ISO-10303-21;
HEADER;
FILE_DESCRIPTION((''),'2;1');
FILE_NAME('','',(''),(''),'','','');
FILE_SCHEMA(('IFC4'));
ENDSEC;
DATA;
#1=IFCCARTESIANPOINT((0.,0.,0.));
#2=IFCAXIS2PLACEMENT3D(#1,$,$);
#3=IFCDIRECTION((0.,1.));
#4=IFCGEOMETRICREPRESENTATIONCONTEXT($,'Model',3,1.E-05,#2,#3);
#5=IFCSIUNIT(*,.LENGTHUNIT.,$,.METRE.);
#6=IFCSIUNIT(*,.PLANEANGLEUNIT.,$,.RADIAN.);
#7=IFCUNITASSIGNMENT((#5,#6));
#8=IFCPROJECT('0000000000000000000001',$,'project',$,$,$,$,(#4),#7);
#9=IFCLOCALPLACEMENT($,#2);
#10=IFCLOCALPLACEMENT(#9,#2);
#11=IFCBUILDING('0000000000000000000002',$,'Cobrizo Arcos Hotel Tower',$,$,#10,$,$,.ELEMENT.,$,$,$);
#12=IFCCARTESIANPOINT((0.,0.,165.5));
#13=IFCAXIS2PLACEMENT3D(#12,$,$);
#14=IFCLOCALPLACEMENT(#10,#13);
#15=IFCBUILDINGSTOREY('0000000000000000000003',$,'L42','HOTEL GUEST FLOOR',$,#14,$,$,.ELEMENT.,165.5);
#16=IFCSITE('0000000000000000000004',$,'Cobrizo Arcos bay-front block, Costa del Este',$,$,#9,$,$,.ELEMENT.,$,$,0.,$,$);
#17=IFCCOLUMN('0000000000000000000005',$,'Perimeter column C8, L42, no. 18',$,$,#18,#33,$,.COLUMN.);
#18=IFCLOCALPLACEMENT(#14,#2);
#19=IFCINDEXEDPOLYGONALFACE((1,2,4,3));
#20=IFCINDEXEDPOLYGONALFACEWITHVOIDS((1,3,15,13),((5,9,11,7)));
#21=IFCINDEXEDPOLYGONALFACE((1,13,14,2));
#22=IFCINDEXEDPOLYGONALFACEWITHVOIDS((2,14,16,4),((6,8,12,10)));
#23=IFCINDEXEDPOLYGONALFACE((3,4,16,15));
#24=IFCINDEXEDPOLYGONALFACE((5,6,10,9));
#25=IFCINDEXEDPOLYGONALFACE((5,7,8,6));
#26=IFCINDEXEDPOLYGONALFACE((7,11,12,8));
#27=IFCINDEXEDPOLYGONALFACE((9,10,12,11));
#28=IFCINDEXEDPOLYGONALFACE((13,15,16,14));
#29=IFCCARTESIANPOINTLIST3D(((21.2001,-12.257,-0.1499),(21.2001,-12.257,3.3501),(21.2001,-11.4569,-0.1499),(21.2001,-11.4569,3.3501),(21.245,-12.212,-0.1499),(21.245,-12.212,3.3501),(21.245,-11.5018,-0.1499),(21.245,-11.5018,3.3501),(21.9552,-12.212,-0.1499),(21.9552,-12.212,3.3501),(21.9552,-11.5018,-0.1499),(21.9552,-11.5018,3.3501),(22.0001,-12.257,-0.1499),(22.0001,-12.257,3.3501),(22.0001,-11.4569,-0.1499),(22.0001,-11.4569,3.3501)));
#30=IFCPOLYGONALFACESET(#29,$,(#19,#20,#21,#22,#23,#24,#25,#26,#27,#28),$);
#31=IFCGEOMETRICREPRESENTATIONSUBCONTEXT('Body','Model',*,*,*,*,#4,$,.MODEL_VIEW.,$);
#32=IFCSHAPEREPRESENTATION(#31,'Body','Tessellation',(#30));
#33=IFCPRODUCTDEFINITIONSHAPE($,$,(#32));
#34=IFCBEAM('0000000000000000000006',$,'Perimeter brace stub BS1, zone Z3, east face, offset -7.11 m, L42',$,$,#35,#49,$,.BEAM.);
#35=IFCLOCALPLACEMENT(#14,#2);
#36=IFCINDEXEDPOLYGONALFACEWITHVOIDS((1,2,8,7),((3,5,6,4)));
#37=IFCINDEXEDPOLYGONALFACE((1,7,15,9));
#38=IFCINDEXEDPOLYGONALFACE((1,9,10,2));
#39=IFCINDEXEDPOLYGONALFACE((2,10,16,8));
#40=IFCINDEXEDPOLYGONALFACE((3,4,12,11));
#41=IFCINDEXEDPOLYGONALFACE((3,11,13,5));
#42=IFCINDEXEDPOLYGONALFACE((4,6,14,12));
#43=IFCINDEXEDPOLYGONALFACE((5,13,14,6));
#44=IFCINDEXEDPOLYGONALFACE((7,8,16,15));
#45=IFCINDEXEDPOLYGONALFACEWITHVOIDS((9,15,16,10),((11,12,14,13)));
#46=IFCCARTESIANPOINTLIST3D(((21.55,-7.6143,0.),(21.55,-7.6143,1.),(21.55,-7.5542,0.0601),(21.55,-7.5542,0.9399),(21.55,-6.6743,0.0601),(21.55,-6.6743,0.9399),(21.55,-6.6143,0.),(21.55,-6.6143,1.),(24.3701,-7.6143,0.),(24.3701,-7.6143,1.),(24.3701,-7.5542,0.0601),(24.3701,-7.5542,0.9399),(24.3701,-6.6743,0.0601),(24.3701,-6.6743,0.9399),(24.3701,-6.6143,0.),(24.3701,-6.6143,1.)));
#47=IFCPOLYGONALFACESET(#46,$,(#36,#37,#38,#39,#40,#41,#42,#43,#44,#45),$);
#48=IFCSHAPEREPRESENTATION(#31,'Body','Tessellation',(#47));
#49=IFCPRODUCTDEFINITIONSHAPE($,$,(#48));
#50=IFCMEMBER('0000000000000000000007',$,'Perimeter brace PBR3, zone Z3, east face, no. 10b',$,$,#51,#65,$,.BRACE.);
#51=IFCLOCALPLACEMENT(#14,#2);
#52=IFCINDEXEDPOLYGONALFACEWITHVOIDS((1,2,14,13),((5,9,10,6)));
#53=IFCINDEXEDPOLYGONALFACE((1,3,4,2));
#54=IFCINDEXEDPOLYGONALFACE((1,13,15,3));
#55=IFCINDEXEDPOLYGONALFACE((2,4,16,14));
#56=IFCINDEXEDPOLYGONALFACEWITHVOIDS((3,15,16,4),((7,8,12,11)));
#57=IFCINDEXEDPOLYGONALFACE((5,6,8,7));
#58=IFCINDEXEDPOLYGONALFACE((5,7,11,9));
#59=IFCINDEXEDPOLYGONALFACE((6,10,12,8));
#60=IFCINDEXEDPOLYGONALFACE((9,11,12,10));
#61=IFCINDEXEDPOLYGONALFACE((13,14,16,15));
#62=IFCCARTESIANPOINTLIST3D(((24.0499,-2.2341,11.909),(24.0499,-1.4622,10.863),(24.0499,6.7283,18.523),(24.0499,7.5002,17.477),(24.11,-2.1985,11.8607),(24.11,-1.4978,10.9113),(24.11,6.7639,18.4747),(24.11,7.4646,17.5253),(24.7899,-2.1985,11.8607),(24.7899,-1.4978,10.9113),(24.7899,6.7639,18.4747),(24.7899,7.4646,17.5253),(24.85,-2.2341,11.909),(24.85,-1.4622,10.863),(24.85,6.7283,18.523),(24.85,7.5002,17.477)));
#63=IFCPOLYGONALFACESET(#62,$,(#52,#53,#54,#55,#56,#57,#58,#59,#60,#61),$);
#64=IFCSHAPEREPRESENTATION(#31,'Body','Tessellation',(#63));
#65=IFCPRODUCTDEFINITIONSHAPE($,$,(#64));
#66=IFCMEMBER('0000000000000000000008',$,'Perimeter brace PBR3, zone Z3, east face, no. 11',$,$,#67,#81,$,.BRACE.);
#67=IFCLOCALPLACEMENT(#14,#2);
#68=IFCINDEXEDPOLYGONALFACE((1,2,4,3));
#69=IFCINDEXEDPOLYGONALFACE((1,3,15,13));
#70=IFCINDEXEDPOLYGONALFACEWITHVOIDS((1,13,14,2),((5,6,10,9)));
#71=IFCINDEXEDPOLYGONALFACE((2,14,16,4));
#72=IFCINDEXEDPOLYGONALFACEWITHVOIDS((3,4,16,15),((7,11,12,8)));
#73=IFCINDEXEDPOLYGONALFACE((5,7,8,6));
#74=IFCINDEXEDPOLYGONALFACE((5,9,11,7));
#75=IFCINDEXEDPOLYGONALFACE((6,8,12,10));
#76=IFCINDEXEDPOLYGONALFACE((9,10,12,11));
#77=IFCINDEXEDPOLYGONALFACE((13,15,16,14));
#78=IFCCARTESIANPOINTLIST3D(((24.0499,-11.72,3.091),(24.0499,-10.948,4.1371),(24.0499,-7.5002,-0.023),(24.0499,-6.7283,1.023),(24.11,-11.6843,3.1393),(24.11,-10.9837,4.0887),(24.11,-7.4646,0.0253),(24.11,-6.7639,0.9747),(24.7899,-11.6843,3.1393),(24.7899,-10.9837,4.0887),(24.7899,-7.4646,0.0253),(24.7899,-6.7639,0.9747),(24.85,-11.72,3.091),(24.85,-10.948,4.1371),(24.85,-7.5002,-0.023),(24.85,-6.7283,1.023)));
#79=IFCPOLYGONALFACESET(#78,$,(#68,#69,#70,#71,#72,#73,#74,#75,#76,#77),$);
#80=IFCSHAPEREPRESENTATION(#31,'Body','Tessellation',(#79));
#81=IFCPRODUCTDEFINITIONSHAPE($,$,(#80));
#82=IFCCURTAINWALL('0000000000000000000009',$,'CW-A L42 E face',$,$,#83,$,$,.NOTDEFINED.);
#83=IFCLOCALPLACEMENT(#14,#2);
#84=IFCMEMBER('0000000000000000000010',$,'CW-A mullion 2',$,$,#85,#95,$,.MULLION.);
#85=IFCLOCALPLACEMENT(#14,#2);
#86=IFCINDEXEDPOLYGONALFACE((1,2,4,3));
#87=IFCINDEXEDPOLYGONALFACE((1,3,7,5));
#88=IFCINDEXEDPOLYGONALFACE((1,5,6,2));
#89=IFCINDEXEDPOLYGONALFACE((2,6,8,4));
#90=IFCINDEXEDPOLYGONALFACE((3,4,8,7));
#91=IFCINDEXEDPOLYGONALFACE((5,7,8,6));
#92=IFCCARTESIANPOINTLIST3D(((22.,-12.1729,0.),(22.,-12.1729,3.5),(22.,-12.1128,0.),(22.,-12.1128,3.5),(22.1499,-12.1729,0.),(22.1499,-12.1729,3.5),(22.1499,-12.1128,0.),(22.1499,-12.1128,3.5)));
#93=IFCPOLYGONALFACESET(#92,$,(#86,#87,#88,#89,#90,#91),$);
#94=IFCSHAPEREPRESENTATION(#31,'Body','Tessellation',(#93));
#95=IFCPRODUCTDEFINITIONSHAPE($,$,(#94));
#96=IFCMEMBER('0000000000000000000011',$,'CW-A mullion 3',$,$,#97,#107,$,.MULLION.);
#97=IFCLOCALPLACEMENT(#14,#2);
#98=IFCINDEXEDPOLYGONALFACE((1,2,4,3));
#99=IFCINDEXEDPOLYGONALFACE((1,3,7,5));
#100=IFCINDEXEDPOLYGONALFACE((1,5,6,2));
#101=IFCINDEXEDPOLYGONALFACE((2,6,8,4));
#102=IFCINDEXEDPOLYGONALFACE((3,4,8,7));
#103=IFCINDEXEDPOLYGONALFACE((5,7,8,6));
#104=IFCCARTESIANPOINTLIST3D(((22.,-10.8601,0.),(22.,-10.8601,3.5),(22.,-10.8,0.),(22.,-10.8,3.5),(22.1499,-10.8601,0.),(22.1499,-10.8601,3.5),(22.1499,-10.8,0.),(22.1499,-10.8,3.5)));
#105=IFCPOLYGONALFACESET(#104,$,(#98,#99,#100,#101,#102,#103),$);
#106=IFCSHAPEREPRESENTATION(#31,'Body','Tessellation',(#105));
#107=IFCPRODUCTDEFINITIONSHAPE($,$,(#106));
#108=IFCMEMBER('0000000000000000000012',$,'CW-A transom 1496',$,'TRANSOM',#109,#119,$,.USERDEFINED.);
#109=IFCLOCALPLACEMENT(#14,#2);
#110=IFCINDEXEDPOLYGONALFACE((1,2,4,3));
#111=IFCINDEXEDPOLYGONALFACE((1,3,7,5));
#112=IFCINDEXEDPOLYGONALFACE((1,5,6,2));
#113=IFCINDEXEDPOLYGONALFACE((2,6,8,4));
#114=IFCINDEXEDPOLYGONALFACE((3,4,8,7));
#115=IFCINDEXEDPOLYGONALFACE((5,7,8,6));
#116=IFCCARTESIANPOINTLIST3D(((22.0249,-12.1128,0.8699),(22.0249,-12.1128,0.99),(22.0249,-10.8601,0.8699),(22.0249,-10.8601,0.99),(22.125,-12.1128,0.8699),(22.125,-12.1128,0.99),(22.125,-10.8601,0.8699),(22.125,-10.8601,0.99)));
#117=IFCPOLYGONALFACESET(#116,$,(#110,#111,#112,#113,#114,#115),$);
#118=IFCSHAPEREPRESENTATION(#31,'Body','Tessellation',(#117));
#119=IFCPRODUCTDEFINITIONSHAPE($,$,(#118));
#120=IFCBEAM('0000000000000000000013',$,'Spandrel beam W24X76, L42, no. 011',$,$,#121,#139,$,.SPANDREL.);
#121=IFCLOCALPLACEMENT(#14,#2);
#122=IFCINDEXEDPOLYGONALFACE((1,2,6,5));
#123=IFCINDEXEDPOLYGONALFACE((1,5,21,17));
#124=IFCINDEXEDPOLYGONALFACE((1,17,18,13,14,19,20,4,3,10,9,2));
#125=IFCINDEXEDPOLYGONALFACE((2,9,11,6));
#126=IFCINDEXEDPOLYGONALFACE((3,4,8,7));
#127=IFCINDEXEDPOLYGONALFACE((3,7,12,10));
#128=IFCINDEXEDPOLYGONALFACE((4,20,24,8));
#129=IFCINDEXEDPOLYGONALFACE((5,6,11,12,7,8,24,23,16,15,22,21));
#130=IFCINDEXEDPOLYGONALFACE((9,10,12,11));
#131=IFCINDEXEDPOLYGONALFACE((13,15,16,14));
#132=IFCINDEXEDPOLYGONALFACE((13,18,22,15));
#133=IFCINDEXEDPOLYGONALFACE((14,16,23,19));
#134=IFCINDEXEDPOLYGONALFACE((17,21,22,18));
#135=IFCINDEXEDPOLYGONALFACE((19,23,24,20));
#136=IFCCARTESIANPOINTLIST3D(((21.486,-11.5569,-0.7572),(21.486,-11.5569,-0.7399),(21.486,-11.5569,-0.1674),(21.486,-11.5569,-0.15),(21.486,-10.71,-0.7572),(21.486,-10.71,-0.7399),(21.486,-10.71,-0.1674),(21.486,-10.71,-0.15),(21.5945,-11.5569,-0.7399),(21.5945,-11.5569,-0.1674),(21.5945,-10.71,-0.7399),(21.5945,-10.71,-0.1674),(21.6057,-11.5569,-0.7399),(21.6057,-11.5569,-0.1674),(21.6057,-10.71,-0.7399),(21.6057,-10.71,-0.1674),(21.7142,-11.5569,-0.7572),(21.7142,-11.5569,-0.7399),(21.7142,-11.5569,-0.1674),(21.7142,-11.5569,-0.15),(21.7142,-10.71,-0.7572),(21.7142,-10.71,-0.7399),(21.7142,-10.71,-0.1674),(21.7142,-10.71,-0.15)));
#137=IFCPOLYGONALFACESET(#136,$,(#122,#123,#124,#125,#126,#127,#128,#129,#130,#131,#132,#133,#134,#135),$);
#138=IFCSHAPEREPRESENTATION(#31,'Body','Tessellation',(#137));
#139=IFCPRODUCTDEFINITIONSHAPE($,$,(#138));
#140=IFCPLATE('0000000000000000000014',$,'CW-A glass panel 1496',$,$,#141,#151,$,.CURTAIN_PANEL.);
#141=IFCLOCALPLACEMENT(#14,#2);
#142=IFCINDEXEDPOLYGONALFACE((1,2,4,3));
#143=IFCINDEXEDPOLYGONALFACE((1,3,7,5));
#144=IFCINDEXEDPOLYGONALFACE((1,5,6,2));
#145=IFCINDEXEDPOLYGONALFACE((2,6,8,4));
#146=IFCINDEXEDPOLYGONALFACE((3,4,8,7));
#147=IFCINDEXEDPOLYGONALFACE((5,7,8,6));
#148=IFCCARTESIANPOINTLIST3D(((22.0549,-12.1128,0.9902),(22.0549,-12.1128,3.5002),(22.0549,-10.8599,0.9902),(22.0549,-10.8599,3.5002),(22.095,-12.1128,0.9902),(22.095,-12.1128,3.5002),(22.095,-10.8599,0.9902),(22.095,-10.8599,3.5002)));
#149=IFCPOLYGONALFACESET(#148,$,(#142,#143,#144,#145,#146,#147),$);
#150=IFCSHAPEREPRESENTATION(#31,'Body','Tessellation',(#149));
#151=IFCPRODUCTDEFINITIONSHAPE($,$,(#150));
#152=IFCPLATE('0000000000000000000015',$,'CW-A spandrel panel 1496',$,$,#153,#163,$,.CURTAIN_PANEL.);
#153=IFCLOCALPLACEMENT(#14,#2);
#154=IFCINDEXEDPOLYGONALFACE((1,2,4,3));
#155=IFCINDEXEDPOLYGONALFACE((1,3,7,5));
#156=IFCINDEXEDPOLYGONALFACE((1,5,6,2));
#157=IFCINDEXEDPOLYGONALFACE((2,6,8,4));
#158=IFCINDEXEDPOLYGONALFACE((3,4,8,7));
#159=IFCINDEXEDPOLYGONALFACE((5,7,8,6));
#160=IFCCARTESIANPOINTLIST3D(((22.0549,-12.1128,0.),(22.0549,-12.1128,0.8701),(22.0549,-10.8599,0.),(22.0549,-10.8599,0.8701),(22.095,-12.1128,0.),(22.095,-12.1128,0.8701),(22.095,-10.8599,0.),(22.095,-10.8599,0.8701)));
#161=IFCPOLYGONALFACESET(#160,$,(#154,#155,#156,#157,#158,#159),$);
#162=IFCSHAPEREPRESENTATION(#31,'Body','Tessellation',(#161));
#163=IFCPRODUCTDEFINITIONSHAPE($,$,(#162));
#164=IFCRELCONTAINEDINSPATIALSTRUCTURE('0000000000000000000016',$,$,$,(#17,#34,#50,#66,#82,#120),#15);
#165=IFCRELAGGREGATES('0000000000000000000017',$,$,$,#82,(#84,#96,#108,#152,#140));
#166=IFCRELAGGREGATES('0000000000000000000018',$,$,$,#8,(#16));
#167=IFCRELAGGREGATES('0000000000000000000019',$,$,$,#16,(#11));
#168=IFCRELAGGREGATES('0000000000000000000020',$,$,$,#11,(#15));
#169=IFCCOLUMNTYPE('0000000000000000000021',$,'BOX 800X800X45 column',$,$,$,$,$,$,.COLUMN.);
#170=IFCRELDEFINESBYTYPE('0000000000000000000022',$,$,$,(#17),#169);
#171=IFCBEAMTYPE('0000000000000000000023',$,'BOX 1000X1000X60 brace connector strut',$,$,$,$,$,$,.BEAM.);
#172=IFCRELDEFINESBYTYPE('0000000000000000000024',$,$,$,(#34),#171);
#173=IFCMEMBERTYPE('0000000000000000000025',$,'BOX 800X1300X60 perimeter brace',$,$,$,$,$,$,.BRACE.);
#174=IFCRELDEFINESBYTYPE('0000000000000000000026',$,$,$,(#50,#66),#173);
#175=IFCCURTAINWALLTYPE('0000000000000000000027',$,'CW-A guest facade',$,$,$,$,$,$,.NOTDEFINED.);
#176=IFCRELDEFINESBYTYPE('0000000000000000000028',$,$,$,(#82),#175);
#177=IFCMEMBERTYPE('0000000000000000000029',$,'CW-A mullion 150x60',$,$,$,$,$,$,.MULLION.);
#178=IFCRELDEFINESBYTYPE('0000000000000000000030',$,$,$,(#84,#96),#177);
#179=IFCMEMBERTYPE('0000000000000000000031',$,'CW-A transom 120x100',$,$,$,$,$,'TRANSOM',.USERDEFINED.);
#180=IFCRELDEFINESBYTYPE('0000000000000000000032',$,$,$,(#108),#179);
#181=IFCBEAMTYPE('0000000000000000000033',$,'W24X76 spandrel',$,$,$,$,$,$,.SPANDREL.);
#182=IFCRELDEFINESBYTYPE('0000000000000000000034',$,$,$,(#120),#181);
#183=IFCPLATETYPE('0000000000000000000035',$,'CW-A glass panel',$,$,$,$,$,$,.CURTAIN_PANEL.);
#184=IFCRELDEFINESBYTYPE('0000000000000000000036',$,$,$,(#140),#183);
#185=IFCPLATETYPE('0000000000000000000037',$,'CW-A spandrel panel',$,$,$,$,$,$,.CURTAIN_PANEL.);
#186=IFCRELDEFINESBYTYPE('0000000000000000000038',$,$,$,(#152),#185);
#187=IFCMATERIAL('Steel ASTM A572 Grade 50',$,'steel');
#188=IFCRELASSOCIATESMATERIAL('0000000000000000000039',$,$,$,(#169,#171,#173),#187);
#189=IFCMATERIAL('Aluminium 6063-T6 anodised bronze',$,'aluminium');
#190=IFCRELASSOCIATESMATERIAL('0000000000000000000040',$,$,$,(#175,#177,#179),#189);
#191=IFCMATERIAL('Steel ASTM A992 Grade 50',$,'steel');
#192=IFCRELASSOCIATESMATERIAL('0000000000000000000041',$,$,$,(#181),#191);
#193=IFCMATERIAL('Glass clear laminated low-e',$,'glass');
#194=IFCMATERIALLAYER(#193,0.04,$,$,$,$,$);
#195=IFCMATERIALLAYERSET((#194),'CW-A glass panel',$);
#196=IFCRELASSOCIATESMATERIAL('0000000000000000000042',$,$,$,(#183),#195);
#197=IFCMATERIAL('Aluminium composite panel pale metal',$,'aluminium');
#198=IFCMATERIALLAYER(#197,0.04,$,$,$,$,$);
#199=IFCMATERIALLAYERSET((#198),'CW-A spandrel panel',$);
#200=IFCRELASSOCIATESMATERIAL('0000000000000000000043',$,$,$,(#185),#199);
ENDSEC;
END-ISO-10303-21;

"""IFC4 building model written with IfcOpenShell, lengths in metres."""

from ifc_helpers import new_model, si_unit, direction, frame, origin, origin_2d, place, context, subcontext, project, spatial, rectangle, hollow_rectangle, i_section, extrude, material, layer, layer_set, material_profile, profile_set, type_object, element, aggregate, save


model = new_model("IFC4")

# Units and contexts
model_context = context("Model", 3, precision=1e-05, world=origin(), true_north=direction((0.0, 1.0)))
body_context = subcontext(model_context, "Body", "Model", "MODEL_VIEW")
ifc_project = project(units=[si_unit("LENGTHUNIT", "METRE"), si_unit("PLANEANGLEUNIT", "RADIAN")], contexts=[model_context])

# Site, building, storey
site_placement = place(None, origin())
site = spatial("IfcSite", under=ifc_project, at=site_placement, Name="Cobrizo Arcos bay-front block, Costa del Este", CompositionType="ELEMENT", RefElevation=0.0)
building_placement = place(site_placement, origin())
building = spatial("IfcBuilding", under=site, at=building_placement, Name="Cobrizo Arcos Hotel Tower", CompositionType="ELEMENT")
storey_placement = place(building_placement, frame((0.0, 0.0, 165.5)))
storey = spatial("IfcBuildingStorey", under=building, at=storey_placement, Name="L42", Description="HOTEL GUEST FLOOR", CompositionType="ELEMENT", Elevation=165.5)

# Column
ifc_material_1 = material(Name="Steel ASTM A572 Grade 50", Category="steel")
ifc_material_profile_1 = material_profile(ifc_material_1, hollow_rectangle(XDim=0.8, YDim=0.8, WallThickness=0.0449, at=origin_2d()), Name="BOX 800X800X45")
ifc_profile_set_1 = profile_set([ifc_material_profile_1], Name="Steel ASTM A572 Grade 50")
column_type = type_object("IfcColumnType", Name="BOX 800X800X45 column", PredefinedType="COLUMN", material=ifc_profile_set_1)
column_placement = place(storey_placement, frame((21.6001, -11.8569, -0.1499), z_axis=(0.0, 0.0, 1.0), x_axis=(1.0, 0.0, 0.0)))
element("IfcColumn", 1, at=column_placement, inside=storey, type_object=column_type, Name="Perimeter column C8, L42, no. 18", PredefinedType="COLUMN", context=body_context, shape_type="SweptSolid", body=[
    extrude(hollow_rectangle(XDim=0.8, YDim=0.8, WallThickness=0.0449, at=origin_2d()), origin(), (0.0, 0.0, 1.0), 3.5),
])

# Beam
ifc_material_profile_2 = material_profile(ifc_material_1, hollow_rectangle(XDim=1.0, YDim=1.0, WallThickness=0.0601, at=origin_2d()), Name="BOX 1000X1000X60")
ifc_profile_set_2 = profile_set([ifc_material_profile_2], Name="Steel ASTM A572 Grade 50")
beam_type_1 = type_object("IfcBeamType", Name="BOX 1000X1000X60 brace connector strut", PredefinedType="BEAM", material=ifc_profile_set_2)
beam_1_placement = place(storey_placement, frame((21.55, -7.1143, 0.5), z_axis=(1.0, 0.0, 0.0), x_axis=(0.0, 1.0, 0.0)))
element("IfcBeam", 2, at=beam_1_placement, inside=storey, type_object=beam_type_1, Name="Perimeter brace stub BS1, zone Z3, east face, offset -7.11 m, L42", PredefinedType="BEAM", context=body_context, shape_type="SweptSolid", body=[
    extrude(hollow_rectangle(XDim=1.0, YDim=1.0, WallThickness=0.0601, at=origin_2d()), origin(), (0.0, 0.0, 1.0), 2.8201),
])

# Members
ifc_material_profile_3 = material_profile(ifc_material_1, hollow_rectangle(XDim=0.8, YDim=1.3, WallThickness=0.0601, at=origin_2d()), Name="BOX 800X1300X60")
ifc_profile_set_3 = profile_set([ifc_material_profile_3], Name="Steel ASTM A572 Grade 50")
member_type_1 = type_object("IfcMemberType", Name="BOX 800X1300X60 perimeter brace", PredefinedType="BRACE", material=ifc_profile_set_3)
member_1_placement = place(storey_placement, frame((24.45, -1.8481, 11.386), z_axis=(0.0, 0.804621, 0.593789), x_axis=(-1.0, 0.0, 0.0)))
element("IfcMember", 3, at=member_1_placement, inside=storey, type_object=member_type_1, Name="Perimeter brace PBR3, zone Z3, east face, no. 10b", PredefinedType="BRACE", context=body_context, shape_type="SweptSolid", body=[
    extrude(hollow_rectangle(XDim=0.8, YDim=1.3, WallThickness=0.0601, at=origin_2d()), origin(), (0.0, 0.0, 1.0), 11.1387),
])
member_2_placement = place(storey_placement, frame((24.45, -7.1143, 0.5), z_axis=(0.0, -0.804624, 0.593785), x_axis=(1.0, 0.0, 0.0)))
element("IfcMember", 4, at=member_2_placement, inside=storey, type_object=member_type_1, Name="Perimeter brace PBR3, zone Z3, east face, no. 11", PredefinedType="BRACE", context=body_context, shape_type="SweptSolid", body=[
    extrude(hollow_rectangle(XDim=0.8, YDim=1.3, WallThickness=0.0601, at=origin_2d()), origin(), (0.0, 0.0, 1.0), 5.2444),
])

# Curtain wall, members
ifc_material_2 = material(Name="Aluminium 6063-T6 anodised bronze", Category="aluminium")
curtain_wall_type = type_object("IfcCurtainWallType", Name="CW-A guest facade", PredefinedType="NOTDEFINED", material=ifc_material_2)
curtain_wall_placement = place(storey_placement, origin())
curtain_wall = element("IfcCurtainWall", 5, at=curtain_wall_placement, inside=storey, type_object=curtain_wall_type, Name="CW-A L42 E face", PredefinedType="NOTDEFINED")
ifc_material_profile_4 = material_profile(ifc_material_2, rectangle(XDim=0.1499, YDim=0.0601, at=origin_2d()), Name="CW-A mullion 150x60")
ifc_profile_set_4 = profile_set([ifc_material_profile_4], Name="Aluminium 6063-T6 anodised bronze")
member_type_2 = type_object("IfcMemberType", Name="CW-A mullion 150x60", PredefinedType="MULLION", material=ifc_profile_set_4)
member_3_placement = place(storey_placement, frame((22.075, -12.1428, 0.0), z_axis=(0.0, 0.0, 1.0), x_axis=(1.0, 0.0, 0.0)))
member_3 = element("IfcMember", 6, at=member_3_placement, type_object=member_type_2, Name="CW-A mullion 2", PredefinedType="MULLION", context=body_context, shape_type="SweptSolid", body=[
    extrude(rectangle(XDim=0.1499, YDim=0.0601, at=origin_2d()), origin(), (0.0, 0.0, 1.0), 3.5),
])
member_4_placement = place(storey_placement, frame((22.075, -10.8301, 0.0), z_axis=(0.0, 0.0, 1.0), x_axis=(1.0, 0.0, 0.0)))
member_4 = element("IfcMember", 7, at=member_4_placement, type_object=member_type_2, Name="CW-A mullion 3", PredefinedType="MULLION", context=body_context, shape_type="SweptSolid", body=[
    extrude(rectangle(XDim=0.1499, YDim=0.0601, at=origin_2d()), origin(), (0.0, 0.0, 1.0), 3.5),
])
ifc_material_profile_5 = material_profile(ifc_material_2, rectangle(XDim=0.1001, YDim=0.1201, at=origin_2d()), Name="CW-A transom 120x100")
ifc_profile_set_5 = profile_set([ifc_material_profile_5], Name="Aluminium 6063-T6 anodised bronze")
member_type_3 = type_object("IfcMemberType", Name="CW-A transom 120x100", ElementType="TRANSOM", PredefinedType="USERDEFINED", material=ifc_profile_set_5)
member_5_placement = place(storey_placement, frame((22.075, -12.1128, 0.9299), z_axis=(0.0, 1.0, 0.0), x_axis=(-1.0, 0.0, 0.0)))
member_5 = element("IfcMember", 8, at=member_5_placement, type_object=member_type_3, Name="CW-A transom 1496", ObjectType="TRANSOM", PredefinedType="USERDEFINED", context=body_context, shape_type="SweptSolid", body=[
    extrude(rectangle(XDim=0.1001, YDim=0.1201, at=origin_2d()), origin(), (0.0, 0.0, 1.0), 1.2527),
])

# Beam
ifc_material_3 = material(Name="Steel ASTM A992 Grade 50", Category="steel")
ifc_material_profile_6 = material_profile(ifc_material_3, i_section(OverallWidth=0.2283, OverallDepth=0.6072, WebThickness=0.0112, FlangeThickness=0.0173, at=origin_2d()), Name="W24X76")
ifc_profile_set_6 = profile_set([ifc_material_profile_6], Name="Steel ASTM A992 Grade 50")
beam_type_2 = type_object("IfcBeamType", Name="W24X76 spandrel", PredefinedType="SPANDREL", material=ifc_profile_set_6)
beam_2_placement = place(storey_placement, frame((21.6001, -11.5569, -0.4536), z_axis=(0.0, 1.0, 0.0), x_axis=(-1.0, 0.0, 0.0)))
element("IfcBeam", 9, at=beam_2_placement, inside=storey, type_object=beam_type_2, Name="Spandrel beam W24X76, L42, no. 011", PredefinedType="SPANDREL", context=body_context, shape_type="SweptSolid", body=[
    extrude(i_section(OverallWidth=0.2283, OverallDepth=0.6072, WebThickness=0.0112, FlangeThickness=0.0173, at=origin_2d()), origin(), (0.0, 0.0, 1.0), 0.8469),
])

# Plates
ifc_material_4 = material(Name="Glass clear laminated low-e", Category="glass")
ifc_layer_1 = layer(ifc_material_4, 0.04)
ifc_layer_set_1 = layer_set([ifc_layer_1], Name="CW-A glass panel")
plate_type_1 = type_object("IfcPlateType", Name="CW-A glass panel", PredefinedType="CURTAIN_PANEL", material=ifc_layer_set_1)
plate_1_placement = place(storey_placement, frame((22.075, -11.4863, 0.9902), z_axis=(0.0, 0.0, 1.0), x_axis=(0.0, 1.0, 0.0)))
plate_1 = element("IfcPlate", 10, at=plate_1_placement, type_object=plate_type_1, Name="CW-A glass panel 1496", PredefinedType="CURTAIN_PANEL", context=body_context, shape_type="SweptSolid", body=[
    extrude(rectangle(XDim=1.2529, YDim=0.04, at=origin_2d()), origin(), (0.0, 0.0, 1.0), 2.51),
])
ifc_material_5 = material(Name="Aluminium composite panel pale metal", Category="aluminium")
ifc_layer_2 = layer(ifc_material_5, 0.04)
ifc_layer_set_2 = layer_set([ifc_layer_2], Name="CW-A spandrel panel")
plate_type_2 = type_object("IfcPlateType", Name="CW-A spandrel panel", PredefinedType="CURTAIN_PANEL", material=ifc_layer_set_2)
plate_2_placement = place(storey_placement, frame((22.075, -11.4863, 0.0), z_axis=(0.0, 0.0, 1.0), x_axis=(0.0, 1.0, 0.0)))
plate_2 = element("IfcPlate", 11, at=plate_2_placement, type_object=plate_type_2, Name="CW-A spandrel panel 1496", PredefinedType="CURTAIN_PANEL", context=body_context, shape_type="SweptSolid", body=[
    extrude(rectangle(XDim=1.2529, YDim=0.04, at=origin_2d()), origin(), (0.0, 0.0, 1.0), 0.8701),
])
aggregate(curtain_wall, [member_3, member_4, member_5, plate_2, plate_1])

save(model, "model.ifc")
